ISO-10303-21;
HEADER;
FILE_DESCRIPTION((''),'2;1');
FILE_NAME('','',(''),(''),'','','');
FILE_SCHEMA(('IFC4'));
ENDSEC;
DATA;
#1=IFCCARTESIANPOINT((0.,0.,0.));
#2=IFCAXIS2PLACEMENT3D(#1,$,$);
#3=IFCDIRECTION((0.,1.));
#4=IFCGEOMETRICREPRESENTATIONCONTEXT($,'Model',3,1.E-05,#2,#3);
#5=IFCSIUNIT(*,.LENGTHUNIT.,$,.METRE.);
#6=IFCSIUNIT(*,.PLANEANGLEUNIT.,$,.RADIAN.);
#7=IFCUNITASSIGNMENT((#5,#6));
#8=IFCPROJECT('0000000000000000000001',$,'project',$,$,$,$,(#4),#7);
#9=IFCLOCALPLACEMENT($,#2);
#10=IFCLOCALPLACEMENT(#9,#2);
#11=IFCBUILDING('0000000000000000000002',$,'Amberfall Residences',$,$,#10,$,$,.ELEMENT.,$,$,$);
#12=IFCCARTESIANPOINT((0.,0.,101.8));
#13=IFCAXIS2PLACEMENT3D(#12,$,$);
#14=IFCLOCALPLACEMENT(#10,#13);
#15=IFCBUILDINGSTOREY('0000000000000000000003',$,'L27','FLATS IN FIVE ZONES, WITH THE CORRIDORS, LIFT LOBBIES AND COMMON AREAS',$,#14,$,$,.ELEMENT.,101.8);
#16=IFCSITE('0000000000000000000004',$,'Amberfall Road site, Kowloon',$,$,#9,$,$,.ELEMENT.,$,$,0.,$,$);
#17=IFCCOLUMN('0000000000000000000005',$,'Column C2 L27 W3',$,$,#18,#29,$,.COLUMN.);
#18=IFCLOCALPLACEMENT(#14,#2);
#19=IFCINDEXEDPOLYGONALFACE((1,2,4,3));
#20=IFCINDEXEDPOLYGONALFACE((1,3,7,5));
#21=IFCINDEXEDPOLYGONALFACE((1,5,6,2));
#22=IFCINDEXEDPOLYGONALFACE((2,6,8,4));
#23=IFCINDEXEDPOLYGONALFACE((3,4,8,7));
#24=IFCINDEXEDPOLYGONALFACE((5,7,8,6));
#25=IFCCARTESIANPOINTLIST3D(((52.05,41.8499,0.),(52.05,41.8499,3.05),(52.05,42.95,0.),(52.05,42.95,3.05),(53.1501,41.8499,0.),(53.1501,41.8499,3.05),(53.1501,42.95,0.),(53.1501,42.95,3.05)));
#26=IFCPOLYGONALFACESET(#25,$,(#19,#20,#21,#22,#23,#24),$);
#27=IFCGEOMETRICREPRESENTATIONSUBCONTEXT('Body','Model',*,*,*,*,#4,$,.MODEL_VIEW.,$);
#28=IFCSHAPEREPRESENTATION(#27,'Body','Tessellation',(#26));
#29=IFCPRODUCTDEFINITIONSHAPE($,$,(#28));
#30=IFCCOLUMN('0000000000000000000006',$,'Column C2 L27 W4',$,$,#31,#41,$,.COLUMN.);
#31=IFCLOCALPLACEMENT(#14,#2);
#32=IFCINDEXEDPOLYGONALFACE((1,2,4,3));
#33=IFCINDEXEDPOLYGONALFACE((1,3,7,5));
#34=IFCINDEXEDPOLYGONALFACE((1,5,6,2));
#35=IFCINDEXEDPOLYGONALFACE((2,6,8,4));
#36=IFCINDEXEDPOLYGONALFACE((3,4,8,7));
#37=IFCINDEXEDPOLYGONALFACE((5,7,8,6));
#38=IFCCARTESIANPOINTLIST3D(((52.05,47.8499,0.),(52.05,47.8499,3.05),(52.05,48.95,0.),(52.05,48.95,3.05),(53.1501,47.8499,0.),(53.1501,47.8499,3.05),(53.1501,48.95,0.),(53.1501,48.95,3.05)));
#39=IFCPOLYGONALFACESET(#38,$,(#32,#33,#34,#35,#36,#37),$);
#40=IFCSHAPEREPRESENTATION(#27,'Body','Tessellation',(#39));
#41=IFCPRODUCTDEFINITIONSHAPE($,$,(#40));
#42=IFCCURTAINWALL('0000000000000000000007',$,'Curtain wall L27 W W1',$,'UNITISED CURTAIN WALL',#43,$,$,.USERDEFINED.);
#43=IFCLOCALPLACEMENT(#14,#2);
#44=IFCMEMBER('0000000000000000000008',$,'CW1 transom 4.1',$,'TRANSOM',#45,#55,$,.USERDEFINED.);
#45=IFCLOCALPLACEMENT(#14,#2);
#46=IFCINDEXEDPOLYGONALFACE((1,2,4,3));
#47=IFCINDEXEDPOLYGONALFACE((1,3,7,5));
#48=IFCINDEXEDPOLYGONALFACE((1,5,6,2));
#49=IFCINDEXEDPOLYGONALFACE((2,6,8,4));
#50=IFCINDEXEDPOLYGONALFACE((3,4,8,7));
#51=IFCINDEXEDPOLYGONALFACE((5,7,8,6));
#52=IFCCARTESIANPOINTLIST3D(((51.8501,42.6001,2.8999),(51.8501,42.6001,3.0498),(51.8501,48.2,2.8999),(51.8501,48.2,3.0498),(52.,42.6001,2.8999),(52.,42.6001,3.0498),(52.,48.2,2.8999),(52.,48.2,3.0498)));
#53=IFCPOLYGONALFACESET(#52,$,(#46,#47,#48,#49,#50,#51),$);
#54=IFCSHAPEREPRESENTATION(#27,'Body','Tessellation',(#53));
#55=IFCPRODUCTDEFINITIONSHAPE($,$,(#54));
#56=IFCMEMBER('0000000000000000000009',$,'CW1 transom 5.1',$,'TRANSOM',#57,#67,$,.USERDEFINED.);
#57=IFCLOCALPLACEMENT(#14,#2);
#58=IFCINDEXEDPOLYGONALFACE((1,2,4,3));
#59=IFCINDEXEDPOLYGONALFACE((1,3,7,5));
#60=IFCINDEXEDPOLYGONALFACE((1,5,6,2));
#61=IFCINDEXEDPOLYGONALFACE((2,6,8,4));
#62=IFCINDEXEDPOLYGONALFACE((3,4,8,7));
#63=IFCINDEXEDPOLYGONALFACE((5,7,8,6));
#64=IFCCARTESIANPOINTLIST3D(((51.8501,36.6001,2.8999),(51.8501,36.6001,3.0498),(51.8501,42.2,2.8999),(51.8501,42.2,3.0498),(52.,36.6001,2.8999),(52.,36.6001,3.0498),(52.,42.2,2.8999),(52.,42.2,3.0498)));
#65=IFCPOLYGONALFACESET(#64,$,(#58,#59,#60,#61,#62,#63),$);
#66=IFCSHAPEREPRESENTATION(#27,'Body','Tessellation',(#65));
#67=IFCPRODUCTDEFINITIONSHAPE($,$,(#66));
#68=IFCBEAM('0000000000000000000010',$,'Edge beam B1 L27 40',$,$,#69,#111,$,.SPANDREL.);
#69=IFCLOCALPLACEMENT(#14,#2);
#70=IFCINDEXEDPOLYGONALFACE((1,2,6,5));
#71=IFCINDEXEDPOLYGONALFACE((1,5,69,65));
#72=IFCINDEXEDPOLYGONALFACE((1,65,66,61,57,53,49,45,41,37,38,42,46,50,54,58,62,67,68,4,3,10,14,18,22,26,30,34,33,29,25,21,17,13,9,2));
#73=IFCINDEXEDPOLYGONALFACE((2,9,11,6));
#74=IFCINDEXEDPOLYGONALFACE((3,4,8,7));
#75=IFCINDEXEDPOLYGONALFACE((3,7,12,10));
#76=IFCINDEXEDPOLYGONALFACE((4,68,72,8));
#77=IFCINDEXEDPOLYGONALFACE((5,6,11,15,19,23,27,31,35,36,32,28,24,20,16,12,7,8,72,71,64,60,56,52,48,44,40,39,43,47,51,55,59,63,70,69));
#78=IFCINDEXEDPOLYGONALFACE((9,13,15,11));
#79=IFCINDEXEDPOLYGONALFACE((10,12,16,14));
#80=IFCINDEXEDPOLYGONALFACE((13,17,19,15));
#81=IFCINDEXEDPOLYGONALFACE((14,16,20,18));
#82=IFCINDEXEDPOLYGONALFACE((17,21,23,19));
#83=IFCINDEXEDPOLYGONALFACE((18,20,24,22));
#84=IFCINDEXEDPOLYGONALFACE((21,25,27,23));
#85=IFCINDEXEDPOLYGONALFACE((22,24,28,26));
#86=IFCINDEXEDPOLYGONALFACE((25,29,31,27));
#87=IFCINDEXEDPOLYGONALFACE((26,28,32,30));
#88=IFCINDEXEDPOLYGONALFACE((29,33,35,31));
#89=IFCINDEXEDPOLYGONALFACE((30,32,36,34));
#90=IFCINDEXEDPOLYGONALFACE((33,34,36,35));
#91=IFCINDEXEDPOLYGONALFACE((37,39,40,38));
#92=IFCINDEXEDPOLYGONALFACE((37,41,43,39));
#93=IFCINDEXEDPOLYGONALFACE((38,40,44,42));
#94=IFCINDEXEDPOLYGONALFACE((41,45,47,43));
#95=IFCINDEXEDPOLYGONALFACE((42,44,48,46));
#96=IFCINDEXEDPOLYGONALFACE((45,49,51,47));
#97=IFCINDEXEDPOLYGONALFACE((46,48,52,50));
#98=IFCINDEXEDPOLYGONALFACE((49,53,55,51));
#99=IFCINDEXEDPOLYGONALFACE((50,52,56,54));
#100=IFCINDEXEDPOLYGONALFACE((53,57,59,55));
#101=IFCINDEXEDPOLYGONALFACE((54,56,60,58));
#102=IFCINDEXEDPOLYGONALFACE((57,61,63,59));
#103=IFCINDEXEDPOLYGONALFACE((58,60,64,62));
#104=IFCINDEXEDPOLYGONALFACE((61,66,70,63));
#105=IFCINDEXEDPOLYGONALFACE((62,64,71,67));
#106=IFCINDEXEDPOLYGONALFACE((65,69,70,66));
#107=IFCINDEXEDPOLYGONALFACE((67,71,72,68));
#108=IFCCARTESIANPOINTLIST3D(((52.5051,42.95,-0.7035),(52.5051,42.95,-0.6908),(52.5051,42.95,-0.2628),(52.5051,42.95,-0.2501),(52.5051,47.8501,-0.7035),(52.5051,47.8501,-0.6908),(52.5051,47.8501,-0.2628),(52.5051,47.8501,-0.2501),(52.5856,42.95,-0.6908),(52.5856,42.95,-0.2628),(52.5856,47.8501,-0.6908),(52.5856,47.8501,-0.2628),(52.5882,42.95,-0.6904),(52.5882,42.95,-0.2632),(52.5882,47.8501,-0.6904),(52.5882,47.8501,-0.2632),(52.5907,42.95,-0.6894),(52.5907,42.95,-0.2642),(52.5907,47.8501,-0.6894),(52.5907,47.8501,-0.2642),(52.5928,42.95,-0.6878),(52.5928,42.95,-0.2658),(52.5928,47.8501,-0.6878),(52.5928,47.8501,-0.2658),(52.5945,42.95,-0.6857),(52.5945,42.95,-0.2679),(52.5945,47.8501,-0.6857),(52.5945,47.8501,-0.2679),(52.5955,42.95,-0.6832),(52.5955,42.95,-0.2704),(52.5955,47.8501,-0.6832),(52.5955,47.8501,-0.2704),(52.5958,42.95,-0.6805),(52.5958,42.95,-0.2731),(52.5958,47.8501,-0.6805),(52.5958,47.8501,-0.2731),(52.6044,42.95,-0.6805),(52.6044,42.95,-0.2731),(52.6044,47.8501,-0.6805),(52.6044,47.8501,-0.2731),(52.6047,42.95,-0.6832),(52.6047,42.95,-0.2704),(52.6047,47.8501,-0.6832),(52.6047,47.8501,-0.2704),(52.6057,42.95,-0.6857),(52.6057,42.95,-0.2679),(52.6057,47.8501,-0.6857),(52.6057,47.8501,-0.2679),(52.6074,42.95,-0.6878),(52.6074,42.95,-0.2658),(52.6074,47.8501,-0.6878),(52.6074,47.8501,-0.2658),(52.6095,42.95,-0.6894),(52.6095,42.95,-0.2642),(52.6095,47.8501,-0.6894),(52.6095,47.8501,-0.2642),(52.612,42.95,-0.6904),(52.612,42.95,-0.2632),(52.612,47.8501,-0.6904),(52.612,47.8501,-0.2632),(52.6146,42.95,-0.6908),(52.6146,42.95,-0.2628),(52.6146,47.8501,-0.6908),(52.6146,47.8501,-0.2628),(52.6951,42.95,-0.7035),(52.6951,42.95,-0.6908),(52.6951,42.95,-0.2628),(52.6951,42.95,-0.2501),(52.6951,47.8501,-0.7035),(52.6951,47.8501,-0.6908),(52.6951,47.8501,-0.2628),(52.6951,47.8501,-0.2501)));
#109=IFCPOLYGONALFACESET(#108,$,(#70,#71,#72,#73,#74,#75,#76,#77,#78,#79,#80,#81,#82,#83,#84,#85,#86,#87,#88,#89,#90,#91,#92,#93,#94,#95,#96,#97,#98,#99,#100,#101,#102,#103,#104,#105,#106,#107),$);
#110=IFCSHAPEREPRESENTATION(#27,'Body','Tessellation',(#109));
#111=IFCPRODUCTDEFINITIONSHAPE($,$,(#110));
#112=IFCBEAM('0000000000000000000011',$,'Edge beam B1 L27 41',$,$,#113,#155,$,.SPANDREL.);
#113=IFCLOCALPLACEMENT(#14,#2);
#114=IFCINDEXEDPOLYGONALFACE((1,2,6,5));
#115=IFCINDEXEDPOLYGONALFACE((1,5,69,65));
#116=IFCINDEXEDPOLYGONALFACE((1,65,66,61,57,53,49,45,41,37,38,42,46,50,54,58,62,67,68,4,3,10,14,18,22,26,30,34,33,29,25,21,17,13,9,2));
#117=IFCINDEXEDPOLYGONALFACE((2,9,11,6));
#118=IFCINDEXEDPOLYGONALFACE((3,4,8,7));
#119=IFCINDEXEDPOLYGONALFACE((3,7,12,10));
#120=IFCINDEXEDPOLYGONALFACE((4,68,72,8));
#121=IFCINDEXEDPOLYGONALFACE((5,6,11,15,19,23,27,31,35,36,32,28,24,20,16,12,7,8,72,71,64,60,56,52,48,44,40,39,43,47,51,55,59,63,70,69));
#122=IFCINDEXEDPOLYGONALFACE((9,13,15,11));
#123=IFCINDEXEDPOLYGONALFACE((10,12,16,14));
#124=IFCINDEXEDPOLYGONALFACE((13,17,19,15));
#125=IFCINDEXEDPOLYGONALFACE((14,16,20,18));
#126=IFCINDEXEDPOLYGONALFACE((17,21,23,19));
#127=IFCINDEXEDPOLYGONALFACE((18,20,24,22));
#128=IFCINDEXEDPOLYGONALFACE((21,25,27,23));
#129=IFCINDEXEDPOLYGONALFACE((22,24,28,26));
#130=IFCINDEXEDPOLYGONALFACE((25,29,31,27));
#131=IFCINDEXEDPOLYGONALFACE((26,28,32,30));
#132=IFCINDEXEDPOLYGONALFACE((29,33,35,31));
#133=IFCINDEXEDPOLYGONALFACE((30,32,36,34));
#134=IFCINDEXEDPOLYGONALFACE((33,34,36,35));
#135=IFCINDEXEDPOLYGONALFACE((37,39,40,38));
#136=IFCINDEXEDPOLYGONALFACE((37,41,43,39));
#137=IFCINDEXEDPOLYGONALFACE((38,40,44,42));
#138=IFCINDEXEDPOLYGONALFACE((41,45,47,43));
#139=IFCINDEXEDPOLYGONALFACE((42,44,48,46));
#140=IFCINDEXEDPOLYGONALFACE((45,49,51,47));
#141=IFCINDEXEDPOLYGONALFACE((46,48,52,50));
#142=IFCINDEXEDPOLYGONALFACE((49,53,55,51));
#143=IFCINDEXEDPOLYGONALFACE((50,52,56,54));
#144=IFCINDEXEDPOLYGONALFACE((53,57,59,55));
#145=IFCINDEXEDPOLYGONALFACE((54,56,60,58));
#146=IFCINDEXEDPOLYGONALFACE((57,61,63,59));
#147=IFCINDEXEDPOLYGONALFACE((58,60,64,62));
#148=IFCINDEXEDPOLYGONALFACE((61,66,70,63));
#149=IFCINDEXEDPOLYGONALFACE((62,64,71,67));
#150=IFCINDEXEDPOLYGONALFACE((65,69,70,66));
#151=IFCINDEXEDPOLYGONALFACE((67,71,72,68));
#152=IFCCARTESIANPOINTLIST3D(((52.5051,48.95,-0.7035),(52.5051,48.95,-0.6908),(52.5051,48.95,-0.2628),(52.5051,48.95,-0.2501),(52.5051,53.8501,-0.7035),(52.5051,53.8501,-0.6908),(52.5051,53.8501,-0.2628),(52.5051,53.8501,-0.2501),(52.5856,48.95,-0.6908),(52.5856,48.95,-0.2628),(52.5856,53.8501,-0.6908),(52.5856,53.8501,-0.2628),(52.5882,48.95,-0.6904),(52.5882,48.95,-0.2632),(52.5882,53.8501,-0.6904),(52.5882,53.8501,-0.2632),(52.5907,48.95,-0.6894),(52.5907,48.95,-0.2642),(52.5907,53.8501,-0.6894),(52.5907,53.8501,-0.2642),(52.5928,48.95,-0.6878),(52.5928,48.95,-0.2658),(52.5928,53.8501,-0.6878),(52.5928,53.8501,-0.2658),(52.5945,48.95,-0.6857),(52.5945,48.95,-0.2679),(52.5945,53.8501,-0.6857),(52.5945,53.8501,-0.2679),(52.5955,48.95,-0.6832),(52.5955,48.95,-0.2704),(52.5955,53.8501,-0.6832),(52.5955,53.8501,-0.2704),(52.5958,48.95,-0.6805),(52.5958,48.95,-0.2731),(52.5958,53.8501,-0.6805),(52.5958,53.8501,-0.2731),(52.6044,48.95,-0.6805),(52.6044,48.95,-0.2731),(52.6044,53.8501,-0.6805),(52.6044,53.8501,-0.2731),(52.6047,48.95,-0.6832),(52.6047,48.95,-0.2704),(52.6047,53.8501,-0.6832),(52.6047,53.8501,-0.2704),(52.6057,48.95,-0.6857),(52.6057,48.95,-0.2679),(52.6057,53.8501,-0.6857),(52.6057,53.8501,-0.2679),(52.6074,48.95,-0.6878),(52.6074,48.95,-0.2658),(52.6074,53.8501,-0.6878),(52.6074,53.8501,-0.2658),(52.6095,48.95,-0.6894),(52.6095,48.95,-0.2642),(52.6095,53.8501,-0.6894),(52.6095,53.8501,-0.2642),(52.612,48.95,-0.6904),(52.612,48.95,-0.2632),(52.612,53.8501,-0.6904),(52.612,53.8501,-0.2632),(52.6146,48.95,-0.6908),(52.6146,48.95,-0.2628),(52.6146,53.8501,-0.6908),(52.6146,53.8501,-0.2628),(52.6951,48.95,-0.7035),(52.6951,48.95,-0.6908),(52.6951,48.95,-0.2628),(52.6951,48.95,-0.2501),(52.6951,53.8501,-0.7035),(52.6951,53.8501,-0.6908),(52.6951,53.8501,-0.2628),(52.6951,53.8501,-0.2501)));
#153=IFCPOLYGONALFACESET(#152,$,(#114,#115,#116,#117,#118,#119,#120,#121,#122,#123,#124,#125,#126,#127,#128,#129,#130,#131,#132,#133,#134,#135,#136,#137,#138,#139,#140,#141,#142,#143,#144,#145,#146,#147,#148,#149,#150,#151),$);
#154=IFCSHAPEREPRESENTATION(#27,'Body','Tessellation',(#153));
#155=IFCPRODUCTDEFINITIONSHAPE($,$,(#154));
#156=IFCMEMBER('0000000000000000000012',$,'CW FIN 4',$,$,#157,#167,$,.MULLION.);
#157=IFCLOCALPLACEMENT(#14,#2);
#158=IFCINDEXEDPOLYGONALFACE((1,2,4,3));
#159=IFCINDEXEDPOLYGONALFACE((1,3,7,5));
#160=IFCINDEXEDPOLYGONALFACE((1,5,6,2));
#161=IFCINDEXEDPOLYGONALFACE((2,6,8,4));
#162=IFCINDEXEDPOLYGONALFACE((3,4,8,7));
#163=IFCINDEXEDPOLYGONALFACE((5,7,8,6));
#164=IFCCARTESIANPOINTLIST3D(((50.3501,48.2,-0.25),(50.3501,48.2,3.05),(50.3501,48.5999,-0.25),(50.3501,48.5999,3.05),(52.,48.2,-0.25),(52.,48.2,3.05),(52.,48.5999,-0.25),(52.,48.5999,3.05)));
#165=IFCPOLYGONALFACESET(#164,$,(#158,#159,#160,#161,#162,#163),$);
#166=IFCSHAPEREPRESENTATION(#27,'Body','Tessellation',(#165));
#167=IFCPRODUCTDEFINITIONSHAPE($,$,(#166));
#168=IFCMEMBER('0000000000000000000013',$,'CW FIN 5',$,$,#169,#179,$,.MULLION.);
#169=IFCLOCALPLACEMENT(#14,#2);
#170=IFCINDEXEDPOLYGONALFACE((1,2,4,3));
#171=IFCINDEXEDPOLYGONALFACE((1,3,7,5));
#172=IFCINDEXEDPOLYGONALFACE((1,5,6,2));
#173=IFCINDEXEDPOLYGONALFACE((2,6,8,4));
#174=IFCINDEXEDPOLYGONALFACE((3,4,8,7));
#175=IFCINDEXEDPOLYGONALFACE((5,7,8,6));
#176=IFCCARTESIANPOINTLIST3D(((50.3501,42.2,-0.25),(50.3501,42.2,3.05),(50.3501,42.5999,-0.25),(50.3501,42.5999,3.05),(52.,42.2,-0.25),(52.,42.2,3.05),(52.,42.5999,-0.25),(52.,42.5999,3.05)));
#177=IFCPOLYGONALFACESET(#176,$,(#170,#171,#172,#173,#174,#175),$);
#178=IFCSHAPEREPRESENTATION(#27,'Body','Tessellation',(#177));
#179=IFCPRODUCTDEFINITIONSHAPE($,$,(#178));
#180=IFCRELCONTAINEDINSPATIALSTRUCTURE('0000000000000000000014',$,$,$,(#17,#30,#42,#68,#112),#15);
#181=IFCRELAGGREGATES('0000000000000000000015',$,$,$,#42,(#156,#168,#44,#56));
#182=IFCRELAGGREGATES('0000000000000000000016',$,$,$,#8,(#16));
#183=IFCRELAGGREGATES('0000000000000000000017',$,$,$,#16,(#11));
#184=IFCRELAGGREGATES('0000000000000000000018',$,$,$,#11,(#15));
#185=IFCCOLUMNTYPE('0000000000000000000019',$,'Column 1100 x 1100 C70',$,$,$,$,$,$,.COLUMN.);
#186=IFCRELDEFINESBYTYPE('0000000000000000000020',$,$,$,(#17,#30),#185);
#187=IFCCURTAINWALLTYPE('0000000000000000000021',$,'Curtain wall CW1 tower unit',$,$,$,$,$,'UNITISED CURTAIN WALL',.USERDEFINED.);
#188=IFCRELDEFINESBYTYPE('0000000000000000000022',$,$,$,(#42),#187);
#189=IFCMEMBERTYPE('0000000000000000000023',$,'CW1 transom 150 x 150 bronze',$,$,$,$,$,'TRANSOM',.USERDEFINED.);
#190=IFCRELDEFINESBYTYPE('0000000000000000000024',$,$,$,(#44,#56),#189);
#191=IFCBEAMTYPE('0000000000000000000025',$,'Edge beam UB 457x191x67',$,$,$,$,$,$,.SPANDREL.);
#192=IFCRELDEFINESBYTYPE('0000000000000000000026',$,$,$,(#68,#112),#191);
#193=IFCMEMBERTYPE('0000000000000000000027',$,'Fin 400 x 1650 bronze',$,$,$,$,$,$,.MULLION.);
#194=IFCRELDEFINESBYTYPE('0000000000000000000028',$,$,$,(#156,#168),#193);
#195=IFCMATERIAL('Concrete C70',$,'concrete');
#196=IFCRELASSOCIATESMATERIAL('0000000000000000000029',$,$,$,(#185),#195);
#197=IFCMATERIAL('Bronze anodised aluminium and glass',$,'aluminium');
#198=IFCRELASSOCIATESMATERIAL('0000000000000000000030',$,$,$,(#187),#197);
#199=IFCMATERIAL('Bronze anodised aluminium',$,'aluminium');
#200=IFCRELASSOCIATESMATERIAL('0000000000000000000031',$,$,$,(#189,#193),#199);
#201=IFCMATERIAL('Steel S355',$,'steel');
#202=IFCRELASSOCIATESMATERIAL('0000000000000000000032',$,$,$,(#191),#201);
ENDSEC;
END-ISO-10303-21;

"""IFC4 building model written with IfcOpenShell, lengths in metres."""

from ifc_helpers import new_model, si_unit, direction, frame, origin, origin_2d, place, context, subcontext, project, spatial, rectangle, i_section, extrude, material, material_profile, profile_set, type_object, element, aggregate, save


model = new_model("IFC4")

# Units and contexts
model_context = context("Model", 3, precision=1e-05, world=origin(), true_north=direction((0.0, 1.0)))
body_context = subcontext(model_context, "Body", "Model", "MODEL_VIEW")
ifc_project = project(units=[si_unit("LENGTHUNIT", "METRE"), si_unit("PLANEANGLEUNIT", "RADIAN")], contexts=[model_context])

# Site, building, storey
site_placement = place(None, origin())
site = spatial("IfcSite", under=ifc_project, at=site_placement, Name="Amberfall Road site, Kowloon", CompositionType="ELEMENT", RefElevation=0.0)
building_placement = place(site_placement, origin())
building = spatial("IfcBuilding", under=site, at=building_placement, Name="Amberfall Residences", CompositionType="ELEMENT")
storey_placement = place(building_placement, frame((0.0, 0.0, 101.8)))
storey = spatial("IfcBuildingStorey", under=building, at=storey_placement, Name="L27", Description="FLATS IN FIVE ZONES, WITH THE CORRIDORS, LIFT LOBBIES AND COMMON AREAS", CompositionType="ELEMENT", Elevation=101.8)

# Columns
ifc_material_1 = material(Name="Concrete C70", Category="concrete")
ifc_material_profile_1 = material_profile(ifc_material_1, rectangle(XDim=1.1001, YDim=1.1001, at=origin_2d()), Name="Column 1100 x 1100 C70")
ifc_profile_set_1 = profile_set([ifc_material_profile_1], Name="Concrete C70")
column_type = type_object("IfcColumnType", Name="Column 1100 x 1100 C70", PredefinedType="COLUMN", material=ifc_profile_set_1)
for number, where, z_axis, x_axis, name in (
    (1, (52.6001, 42.3999, 0.0), (0.0, 0.0, 1.0), (1.0, 0.0, 0.0), "Column C2 L27 W3"),
    (2, (52.6001, 48.3999, 0.0), (0.0, 0.0, 1.0), (1.0, 0.0, 0.0), "Column C2 L27 W4"),
):
    element("IfcColumn", number, at=place(storey_placement, frame(where, z_axis=z_axis, x_axis=x_axis)), inside=storey, type_object=column_type, Name=name, PredefinedType="COLUMN", context=body_context, shape_type="SweptSolid", body=[
        extrude(rectangle(XDim=1.1001, YDim=1.1001, at=origin_2d()), origin(), (0.0, 0.0, 1.0), 3.05),
    ])

# Curtain wall, members
ifc_material_2 = material(Name="Bronze anodised aluminium and glass", Category="aluminium")
curtain_wall_type = type_object("IfcCurtainWallType", Name="Curtain wall CW1 tower unit", ElementType="UNITISED CURTAIN WALL", PredefinedType="USERDEFINED", material=ifc_material_2)
curtain_wall_placement = place(storey_placement, origin())
curtain_wall = element("IfcCurtainWall", 3, at=curtain_wall_placement, inside=storey, type_object=curtain_wall_type, Name="Curtain wall L27 W W1", ObjectType="UNITISED CURTAIN WALL", PredefinedType="USERDEFINED")
ifc_material_3 = material(Name="Bronze anodised aluminium", Category="aluminium")
ifc_material_profile_2 = material_profile(ifc_material_3, rectangle(XDim=0.1499, YDim=0.1499, at=origin_2d()), Name="CW1 transom 150 x 150 bronze")
ifc_profile_set_2 = profile_set([ifc_material_profile_2], Name="Bronze anodised aluminium")
member_type_1 = type_object("IfcMemberType", Name="CW1 transom 150 x 150 bronze", ElementType="TRANSOM", PredefinedType="USERDEFINED", material=ifc_profile_set_2)
member_1_placement = place(storey_placement, frame((51.925, 48.2, 2.9749), z_axis=(0.0, -1.0, 0.0), x_axis=(1.0, 0.0, 0.0)))
member_1 = element("IfcMember", 4, at=member_1_placement, type_object=member_type_1, Name="CW1 transom 4.1", ObjectType="TRANSOM", PredefinedType="USERDEFINED", context=body_context, shape_type="SweptSolid", body=[
    extrude(rectangle(XDim=0.1499, YDim=0.1499, at=origin_2d()), origin(), (0.0, 0.0, 1.0), 5.5999),
])
member_2_placement = place(storey_placement, frame((51.925, 42.2, 2.9749), z_axis=(0.0, -1.0, 0.0), x_axis=(1.0, 0.0, 0.0)))
member_2 = element("IfcMember", 5, at=member_2_placement, type_object=member_type_1, Name="CW1 transom 5.1", ObjectType="TRANSOM", PredefinedType="USERDEFINED", context=body_context, shape_type="SweptSolid", body=[
    extrude(rectangle(XDim=0.1499, YDim=0.1499, at=origin_2d()), origin(), (0.0, 0.0, 1.0), 5.5999),
])

# Beams
ifc_material_4 = material(Name="Steel S355", Category="steel")
ifc_material_profile_3 = material_profile(ifc_material_4, i_section(OverallWidth=0.1899, OverallDepth=0.4534, WebThickness=0.0085, FlangeThickness=0.0127, FilletRadius=0.0103, at=origin_2d()), Name="UB 457x191x67")
ifc_profile_set_3 = profile_set([ifc_material_profile_3], Name="Steel S355")
beam_type_1 = type_object("IfcBeamType", Name="Edge beam UB 457x191x67", PredefinedType="SPANDREL", material=ifc_profile_set_3)
for number, where, z_axis, x_axis, name in (
    (6, (52.6001, 42.95, -0.4768), (0.0, 1.0, 0.0), (-1.0, 0.0, 0.0), "Edge beam B1 L27 40"),
    (7, (52.6001, 48.95, -0.4768), (0.0, 1.0, 0.0), (-1.0, 0.0, 0.0), "Edge beam B1 L27 41"),
):
    element("IfcBeam", number, at=place(storey_placement, frame(where, z_axis=z_axis, x_axis=x_axis)), inside=storey, type_object=beam_type_1, Name=name, PredefinedType="SPANDREL", context=body_context, shape_type="SweptSolid", body=[
        extrude(i_section(OverallWidth=0.1899, OverallDepth=0.4534, WebThickness=0.0085, FlangeThickness=0.0127, FilletRadius=0.0103, at=origin_2d()), origin(), (0.0, 0.0, 1.0), 4.9001),
    ])

# Members
ifc_material_profile_4 = material_profile(ifc_material_3, rectangle(XDim=1.6499, YDim=0.3999, at=origin_2d()), Name="Fin 400 x 1650 bronze")
ifc_profile_set_4 = profile_set([ifc_material_profile_4], Name="Bronze anodised aluminium")
member_type_2 = type_object("IfcMemberType", Name="Fin 400 x 1650 bronze", PredefinedType="MULLION", material=ifc_profile_set_4)
member_3_placement = place(storey_placement, frame((51.175, 48.3999, -0.25), z_axis=(0.0, 0.0, 1.0), x_axis=(1.0, 0.0, 0.0)))
member_3 = element("IfcMember", 8, at=member_3_placement, type_object=member_type_2, Name="CW FIN 4", PredefinedType="MULLION", context=body_context, shape_type="SweptSolid", body=[
    extrude(rectangle(XDim=1.6499, YDim=0.3999, at=origin_2d()), origin(), (0.0, 0.0, 1.0), 3.3),
])
member_4_placement = place(storey_placement, frame((51.175, 42.3999, -0.25), z_axis=(0.0, 0.0, 1.0), x_axis=(1.0, 0.0, 0.0)))
member_4 = element("IfcMember", 9, at=member_4_placement, type_object=member_type_2, Name="CW FIN 5", PredefinedType="MULLION", context=body_context, shape_type="SweptSolid", body=[
    extrude(rectangle(XDim=1.6499, YDim=0.3999, at=origin_2d()), origin(), (0.0, 0.0, 1.0), 3.3),
])

aggregate(curtain_wall, [member_3, member_4, member_1, member_2])

save(model, "model.ifc")
